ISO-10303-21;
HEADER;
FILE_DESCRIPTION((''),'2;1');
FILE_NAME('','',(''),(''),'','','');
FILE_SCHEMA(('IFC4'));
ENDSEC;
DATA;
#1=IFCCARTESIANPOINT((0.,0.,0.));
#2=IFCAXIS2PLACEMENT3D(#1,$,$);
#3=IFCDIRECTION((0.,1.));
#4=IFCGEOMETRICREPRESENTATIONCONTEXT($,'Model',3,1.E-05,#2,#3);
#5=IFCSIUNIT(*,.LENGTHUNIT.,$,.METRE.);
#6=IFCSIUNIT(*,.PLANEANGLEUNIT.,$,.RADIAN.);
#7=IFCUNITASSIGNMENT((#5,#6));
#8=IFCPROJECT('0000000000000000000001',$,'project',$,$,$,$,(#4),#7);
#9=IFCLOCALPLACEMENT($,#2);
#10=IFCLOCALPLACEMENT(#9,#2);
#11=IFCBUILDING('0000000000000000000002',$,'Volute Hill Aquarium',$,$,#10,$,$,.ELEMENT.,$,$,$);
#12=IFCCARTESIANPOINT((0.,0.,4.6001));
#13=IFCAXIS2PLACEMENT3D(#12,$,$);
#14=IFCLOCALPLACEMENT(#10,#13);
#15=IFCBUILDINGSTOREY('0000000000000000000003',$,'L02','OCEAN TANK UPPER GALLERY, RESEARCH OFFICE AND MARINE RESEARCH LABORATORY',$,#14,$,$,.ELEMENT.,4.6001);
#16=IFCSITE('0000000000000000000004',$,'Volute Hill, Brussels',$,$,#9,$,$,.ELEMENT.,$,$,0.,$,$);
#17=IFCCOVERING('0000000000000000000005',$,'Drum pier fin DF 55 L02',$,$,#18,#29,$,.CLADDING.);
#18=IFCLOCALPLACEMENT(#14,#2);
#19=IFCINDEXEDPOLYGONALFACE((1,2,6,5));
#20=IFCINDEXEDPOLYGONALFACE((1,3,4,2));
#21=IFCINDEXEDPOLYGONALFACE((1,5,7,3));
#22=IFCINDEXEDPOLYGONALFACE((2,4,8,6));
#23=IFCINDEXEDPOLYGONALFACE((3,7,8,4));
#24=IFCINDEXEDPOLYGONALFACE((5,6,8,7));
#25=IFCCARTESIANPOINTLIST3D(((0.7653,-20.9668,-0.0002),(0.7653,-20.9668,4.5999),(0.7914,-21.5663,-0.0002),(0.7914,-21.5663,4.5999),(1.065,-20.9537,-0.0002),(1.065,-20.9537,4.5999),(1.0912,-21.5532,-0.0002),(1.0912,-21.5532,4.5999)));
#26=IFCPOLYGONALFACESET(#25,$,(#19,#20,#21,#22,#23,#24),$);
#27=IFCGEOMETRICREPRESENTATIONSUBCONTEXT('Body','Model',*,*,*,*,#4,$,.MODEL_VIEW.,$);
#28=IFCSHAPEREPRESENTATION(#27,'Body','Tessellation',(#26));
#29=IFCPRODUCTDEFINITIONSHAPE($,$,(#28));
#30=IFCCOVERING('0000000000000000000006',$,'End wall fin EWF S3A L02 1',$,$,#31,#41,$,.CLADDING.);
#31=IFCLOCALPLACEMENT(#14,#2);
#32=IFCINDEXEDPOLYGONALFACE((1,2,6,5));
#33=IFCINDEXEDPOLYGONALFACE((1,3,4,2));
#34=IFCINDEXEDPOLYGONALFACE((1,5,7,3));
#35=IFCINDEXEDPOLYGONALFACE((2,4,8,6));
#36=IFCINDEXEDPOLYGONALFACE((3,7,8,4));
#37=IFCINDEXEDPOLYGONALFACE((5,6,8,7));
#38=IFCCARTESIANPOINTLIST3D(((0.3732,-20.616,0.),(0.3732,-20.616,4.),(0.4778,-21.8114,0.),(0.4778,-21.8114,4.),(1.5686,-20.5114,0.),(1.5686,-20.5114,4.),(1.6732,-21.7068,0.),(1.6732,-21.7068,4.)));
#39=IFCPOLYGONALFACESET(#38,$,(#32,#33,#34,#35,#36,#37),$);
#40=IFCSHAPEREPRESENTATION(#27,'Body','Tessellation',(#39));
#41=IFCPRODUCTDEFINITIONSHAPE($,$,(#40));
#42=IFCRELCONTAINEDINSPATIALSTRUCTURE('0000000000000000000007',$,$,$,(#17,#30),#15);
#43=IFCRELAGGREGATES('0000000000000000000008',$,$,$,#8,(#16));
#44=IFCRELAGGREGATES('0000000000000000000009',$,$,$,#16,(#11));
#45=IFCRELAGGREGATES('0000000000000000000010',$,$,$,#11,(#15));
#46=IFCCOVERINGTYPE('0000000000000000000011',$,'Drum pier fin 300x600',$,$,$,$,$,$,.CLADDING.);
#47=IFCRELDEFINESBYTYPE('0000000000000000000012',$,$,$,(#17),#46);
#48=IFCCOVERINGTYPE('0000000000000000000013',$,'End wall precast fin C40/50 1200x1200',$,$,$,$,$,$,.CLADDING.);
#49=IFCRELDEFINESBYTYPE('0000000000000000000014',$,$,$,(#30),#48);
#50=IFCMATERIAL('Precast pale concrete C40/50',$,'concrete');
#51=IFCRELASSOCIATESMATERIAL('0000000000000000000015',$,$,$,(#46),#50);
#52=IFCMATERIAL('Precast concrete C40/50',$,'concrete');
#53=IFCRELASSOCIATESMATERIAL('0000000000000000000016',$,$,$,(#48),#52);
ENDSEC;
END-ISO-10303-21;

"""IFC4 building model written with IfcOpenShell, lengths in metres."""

from ifc_helpers import new_model, si_unit, direction, frame, origin, origin_2d, place, context, subcontext, project, spatial, rectangle, extrude, material, type_object, element, save


model = new_model("IFC4")

# Units and contexts
model_context = context("Model", 3, precision=1e-05, world=origin(), true_north=direction((0.0, 1.0)))
body_context = subcontext(model_context, "Body", "Model", "MODEL_VIEW")
ifc_project = project(units=[si_unit("LENGTHUNIT", "METRE"), si_unit("PLANEANGLEUNIT", "RADIAN")], contexts=[model_context])

# Site, building, storey
site_placement = place(None, origin())
site = spatial("IfcSite", under=ifc_project, at=site_placement, Name="Volute Hill, Brussels", CompositionType="ELEMENT", RefElevation=0.0)
building_placement = place(site_placement, origin())
building = spatial("IfcBuilding", under=site, at=building_placement, Name="Volute Hill Aquarium", CompositionType="ELEMENT")
storey_placement = place(building_placement, frame((0.0, 0.0, 4.6001)))
storey = spatial("IfcBuildingStorey", under=building, at=storey_placement, Name="L02", Description="OCEAN TANK UPPER GALLERY, RESEARCH OFFICE AND MARINE RESEARCH LABORATORY", CompositionType="ELEMENT", Elevation=4.6001)

# Coverings
ifc_material_1 = material(Name="Precast pale concrete C40/50", Category="concrete")
covering_type_1 = type_object("IfcCoveringType", Name="Drum pier fin 300x600", PredefinedType="CLADDING", material=ifc_material_1)
covering_1_placement = place(storey_placement, frame((0.9282, -21.26, -0.0002), z_axis=(0.0, 0.0, 1.0), x_axis=(0.999048, 0.043619, 0.0)))
element("IfcCovering", 1, at=covering_1_placement, inside=storey, type_object=covering_type_1, Name="Drum pier fin DF 55 L02", PredefinedType="CLADDING", context=body_context, shape_type="SweptSolid", body=[
    extrude(rectangle(XDim=0.3, YDim=0.6001, at=origin_2d()), origin(), (0.0, 0.0, 1.0), 4.6001),
])
ifc_material_2 = material(Name="Precast concrete C40/50", Category="concrete")
covering_type_2 = type_object("IfcCoveringType", Name="End wall precast fin C40/50 1200x1200", PredefinedType="CLADDING", material=ifc_material_2)
covering_2_placement = place(storey_placement, frame((1.0232, -21.1614, 0.0), z_axis=(0.0, 0.0, 1.0), x_axis=(0.087154, -0.996195, 0.0)))
element("IfcCovering", 2, at=covering_2_placement, inside=storey, type_object=covering_type_2, Name="End wall fin EWF S3A L02 1", PredefinedType="CLADDING", context=body_context, shape_type="SweptSolid", body=[
    extrude(rectangle(XDim=1.2, YDim=1.2, at=origin_2d()), origin(), (0.0, 0.0, 1.0), 4.0),
])

save(model, "model.ifc")
